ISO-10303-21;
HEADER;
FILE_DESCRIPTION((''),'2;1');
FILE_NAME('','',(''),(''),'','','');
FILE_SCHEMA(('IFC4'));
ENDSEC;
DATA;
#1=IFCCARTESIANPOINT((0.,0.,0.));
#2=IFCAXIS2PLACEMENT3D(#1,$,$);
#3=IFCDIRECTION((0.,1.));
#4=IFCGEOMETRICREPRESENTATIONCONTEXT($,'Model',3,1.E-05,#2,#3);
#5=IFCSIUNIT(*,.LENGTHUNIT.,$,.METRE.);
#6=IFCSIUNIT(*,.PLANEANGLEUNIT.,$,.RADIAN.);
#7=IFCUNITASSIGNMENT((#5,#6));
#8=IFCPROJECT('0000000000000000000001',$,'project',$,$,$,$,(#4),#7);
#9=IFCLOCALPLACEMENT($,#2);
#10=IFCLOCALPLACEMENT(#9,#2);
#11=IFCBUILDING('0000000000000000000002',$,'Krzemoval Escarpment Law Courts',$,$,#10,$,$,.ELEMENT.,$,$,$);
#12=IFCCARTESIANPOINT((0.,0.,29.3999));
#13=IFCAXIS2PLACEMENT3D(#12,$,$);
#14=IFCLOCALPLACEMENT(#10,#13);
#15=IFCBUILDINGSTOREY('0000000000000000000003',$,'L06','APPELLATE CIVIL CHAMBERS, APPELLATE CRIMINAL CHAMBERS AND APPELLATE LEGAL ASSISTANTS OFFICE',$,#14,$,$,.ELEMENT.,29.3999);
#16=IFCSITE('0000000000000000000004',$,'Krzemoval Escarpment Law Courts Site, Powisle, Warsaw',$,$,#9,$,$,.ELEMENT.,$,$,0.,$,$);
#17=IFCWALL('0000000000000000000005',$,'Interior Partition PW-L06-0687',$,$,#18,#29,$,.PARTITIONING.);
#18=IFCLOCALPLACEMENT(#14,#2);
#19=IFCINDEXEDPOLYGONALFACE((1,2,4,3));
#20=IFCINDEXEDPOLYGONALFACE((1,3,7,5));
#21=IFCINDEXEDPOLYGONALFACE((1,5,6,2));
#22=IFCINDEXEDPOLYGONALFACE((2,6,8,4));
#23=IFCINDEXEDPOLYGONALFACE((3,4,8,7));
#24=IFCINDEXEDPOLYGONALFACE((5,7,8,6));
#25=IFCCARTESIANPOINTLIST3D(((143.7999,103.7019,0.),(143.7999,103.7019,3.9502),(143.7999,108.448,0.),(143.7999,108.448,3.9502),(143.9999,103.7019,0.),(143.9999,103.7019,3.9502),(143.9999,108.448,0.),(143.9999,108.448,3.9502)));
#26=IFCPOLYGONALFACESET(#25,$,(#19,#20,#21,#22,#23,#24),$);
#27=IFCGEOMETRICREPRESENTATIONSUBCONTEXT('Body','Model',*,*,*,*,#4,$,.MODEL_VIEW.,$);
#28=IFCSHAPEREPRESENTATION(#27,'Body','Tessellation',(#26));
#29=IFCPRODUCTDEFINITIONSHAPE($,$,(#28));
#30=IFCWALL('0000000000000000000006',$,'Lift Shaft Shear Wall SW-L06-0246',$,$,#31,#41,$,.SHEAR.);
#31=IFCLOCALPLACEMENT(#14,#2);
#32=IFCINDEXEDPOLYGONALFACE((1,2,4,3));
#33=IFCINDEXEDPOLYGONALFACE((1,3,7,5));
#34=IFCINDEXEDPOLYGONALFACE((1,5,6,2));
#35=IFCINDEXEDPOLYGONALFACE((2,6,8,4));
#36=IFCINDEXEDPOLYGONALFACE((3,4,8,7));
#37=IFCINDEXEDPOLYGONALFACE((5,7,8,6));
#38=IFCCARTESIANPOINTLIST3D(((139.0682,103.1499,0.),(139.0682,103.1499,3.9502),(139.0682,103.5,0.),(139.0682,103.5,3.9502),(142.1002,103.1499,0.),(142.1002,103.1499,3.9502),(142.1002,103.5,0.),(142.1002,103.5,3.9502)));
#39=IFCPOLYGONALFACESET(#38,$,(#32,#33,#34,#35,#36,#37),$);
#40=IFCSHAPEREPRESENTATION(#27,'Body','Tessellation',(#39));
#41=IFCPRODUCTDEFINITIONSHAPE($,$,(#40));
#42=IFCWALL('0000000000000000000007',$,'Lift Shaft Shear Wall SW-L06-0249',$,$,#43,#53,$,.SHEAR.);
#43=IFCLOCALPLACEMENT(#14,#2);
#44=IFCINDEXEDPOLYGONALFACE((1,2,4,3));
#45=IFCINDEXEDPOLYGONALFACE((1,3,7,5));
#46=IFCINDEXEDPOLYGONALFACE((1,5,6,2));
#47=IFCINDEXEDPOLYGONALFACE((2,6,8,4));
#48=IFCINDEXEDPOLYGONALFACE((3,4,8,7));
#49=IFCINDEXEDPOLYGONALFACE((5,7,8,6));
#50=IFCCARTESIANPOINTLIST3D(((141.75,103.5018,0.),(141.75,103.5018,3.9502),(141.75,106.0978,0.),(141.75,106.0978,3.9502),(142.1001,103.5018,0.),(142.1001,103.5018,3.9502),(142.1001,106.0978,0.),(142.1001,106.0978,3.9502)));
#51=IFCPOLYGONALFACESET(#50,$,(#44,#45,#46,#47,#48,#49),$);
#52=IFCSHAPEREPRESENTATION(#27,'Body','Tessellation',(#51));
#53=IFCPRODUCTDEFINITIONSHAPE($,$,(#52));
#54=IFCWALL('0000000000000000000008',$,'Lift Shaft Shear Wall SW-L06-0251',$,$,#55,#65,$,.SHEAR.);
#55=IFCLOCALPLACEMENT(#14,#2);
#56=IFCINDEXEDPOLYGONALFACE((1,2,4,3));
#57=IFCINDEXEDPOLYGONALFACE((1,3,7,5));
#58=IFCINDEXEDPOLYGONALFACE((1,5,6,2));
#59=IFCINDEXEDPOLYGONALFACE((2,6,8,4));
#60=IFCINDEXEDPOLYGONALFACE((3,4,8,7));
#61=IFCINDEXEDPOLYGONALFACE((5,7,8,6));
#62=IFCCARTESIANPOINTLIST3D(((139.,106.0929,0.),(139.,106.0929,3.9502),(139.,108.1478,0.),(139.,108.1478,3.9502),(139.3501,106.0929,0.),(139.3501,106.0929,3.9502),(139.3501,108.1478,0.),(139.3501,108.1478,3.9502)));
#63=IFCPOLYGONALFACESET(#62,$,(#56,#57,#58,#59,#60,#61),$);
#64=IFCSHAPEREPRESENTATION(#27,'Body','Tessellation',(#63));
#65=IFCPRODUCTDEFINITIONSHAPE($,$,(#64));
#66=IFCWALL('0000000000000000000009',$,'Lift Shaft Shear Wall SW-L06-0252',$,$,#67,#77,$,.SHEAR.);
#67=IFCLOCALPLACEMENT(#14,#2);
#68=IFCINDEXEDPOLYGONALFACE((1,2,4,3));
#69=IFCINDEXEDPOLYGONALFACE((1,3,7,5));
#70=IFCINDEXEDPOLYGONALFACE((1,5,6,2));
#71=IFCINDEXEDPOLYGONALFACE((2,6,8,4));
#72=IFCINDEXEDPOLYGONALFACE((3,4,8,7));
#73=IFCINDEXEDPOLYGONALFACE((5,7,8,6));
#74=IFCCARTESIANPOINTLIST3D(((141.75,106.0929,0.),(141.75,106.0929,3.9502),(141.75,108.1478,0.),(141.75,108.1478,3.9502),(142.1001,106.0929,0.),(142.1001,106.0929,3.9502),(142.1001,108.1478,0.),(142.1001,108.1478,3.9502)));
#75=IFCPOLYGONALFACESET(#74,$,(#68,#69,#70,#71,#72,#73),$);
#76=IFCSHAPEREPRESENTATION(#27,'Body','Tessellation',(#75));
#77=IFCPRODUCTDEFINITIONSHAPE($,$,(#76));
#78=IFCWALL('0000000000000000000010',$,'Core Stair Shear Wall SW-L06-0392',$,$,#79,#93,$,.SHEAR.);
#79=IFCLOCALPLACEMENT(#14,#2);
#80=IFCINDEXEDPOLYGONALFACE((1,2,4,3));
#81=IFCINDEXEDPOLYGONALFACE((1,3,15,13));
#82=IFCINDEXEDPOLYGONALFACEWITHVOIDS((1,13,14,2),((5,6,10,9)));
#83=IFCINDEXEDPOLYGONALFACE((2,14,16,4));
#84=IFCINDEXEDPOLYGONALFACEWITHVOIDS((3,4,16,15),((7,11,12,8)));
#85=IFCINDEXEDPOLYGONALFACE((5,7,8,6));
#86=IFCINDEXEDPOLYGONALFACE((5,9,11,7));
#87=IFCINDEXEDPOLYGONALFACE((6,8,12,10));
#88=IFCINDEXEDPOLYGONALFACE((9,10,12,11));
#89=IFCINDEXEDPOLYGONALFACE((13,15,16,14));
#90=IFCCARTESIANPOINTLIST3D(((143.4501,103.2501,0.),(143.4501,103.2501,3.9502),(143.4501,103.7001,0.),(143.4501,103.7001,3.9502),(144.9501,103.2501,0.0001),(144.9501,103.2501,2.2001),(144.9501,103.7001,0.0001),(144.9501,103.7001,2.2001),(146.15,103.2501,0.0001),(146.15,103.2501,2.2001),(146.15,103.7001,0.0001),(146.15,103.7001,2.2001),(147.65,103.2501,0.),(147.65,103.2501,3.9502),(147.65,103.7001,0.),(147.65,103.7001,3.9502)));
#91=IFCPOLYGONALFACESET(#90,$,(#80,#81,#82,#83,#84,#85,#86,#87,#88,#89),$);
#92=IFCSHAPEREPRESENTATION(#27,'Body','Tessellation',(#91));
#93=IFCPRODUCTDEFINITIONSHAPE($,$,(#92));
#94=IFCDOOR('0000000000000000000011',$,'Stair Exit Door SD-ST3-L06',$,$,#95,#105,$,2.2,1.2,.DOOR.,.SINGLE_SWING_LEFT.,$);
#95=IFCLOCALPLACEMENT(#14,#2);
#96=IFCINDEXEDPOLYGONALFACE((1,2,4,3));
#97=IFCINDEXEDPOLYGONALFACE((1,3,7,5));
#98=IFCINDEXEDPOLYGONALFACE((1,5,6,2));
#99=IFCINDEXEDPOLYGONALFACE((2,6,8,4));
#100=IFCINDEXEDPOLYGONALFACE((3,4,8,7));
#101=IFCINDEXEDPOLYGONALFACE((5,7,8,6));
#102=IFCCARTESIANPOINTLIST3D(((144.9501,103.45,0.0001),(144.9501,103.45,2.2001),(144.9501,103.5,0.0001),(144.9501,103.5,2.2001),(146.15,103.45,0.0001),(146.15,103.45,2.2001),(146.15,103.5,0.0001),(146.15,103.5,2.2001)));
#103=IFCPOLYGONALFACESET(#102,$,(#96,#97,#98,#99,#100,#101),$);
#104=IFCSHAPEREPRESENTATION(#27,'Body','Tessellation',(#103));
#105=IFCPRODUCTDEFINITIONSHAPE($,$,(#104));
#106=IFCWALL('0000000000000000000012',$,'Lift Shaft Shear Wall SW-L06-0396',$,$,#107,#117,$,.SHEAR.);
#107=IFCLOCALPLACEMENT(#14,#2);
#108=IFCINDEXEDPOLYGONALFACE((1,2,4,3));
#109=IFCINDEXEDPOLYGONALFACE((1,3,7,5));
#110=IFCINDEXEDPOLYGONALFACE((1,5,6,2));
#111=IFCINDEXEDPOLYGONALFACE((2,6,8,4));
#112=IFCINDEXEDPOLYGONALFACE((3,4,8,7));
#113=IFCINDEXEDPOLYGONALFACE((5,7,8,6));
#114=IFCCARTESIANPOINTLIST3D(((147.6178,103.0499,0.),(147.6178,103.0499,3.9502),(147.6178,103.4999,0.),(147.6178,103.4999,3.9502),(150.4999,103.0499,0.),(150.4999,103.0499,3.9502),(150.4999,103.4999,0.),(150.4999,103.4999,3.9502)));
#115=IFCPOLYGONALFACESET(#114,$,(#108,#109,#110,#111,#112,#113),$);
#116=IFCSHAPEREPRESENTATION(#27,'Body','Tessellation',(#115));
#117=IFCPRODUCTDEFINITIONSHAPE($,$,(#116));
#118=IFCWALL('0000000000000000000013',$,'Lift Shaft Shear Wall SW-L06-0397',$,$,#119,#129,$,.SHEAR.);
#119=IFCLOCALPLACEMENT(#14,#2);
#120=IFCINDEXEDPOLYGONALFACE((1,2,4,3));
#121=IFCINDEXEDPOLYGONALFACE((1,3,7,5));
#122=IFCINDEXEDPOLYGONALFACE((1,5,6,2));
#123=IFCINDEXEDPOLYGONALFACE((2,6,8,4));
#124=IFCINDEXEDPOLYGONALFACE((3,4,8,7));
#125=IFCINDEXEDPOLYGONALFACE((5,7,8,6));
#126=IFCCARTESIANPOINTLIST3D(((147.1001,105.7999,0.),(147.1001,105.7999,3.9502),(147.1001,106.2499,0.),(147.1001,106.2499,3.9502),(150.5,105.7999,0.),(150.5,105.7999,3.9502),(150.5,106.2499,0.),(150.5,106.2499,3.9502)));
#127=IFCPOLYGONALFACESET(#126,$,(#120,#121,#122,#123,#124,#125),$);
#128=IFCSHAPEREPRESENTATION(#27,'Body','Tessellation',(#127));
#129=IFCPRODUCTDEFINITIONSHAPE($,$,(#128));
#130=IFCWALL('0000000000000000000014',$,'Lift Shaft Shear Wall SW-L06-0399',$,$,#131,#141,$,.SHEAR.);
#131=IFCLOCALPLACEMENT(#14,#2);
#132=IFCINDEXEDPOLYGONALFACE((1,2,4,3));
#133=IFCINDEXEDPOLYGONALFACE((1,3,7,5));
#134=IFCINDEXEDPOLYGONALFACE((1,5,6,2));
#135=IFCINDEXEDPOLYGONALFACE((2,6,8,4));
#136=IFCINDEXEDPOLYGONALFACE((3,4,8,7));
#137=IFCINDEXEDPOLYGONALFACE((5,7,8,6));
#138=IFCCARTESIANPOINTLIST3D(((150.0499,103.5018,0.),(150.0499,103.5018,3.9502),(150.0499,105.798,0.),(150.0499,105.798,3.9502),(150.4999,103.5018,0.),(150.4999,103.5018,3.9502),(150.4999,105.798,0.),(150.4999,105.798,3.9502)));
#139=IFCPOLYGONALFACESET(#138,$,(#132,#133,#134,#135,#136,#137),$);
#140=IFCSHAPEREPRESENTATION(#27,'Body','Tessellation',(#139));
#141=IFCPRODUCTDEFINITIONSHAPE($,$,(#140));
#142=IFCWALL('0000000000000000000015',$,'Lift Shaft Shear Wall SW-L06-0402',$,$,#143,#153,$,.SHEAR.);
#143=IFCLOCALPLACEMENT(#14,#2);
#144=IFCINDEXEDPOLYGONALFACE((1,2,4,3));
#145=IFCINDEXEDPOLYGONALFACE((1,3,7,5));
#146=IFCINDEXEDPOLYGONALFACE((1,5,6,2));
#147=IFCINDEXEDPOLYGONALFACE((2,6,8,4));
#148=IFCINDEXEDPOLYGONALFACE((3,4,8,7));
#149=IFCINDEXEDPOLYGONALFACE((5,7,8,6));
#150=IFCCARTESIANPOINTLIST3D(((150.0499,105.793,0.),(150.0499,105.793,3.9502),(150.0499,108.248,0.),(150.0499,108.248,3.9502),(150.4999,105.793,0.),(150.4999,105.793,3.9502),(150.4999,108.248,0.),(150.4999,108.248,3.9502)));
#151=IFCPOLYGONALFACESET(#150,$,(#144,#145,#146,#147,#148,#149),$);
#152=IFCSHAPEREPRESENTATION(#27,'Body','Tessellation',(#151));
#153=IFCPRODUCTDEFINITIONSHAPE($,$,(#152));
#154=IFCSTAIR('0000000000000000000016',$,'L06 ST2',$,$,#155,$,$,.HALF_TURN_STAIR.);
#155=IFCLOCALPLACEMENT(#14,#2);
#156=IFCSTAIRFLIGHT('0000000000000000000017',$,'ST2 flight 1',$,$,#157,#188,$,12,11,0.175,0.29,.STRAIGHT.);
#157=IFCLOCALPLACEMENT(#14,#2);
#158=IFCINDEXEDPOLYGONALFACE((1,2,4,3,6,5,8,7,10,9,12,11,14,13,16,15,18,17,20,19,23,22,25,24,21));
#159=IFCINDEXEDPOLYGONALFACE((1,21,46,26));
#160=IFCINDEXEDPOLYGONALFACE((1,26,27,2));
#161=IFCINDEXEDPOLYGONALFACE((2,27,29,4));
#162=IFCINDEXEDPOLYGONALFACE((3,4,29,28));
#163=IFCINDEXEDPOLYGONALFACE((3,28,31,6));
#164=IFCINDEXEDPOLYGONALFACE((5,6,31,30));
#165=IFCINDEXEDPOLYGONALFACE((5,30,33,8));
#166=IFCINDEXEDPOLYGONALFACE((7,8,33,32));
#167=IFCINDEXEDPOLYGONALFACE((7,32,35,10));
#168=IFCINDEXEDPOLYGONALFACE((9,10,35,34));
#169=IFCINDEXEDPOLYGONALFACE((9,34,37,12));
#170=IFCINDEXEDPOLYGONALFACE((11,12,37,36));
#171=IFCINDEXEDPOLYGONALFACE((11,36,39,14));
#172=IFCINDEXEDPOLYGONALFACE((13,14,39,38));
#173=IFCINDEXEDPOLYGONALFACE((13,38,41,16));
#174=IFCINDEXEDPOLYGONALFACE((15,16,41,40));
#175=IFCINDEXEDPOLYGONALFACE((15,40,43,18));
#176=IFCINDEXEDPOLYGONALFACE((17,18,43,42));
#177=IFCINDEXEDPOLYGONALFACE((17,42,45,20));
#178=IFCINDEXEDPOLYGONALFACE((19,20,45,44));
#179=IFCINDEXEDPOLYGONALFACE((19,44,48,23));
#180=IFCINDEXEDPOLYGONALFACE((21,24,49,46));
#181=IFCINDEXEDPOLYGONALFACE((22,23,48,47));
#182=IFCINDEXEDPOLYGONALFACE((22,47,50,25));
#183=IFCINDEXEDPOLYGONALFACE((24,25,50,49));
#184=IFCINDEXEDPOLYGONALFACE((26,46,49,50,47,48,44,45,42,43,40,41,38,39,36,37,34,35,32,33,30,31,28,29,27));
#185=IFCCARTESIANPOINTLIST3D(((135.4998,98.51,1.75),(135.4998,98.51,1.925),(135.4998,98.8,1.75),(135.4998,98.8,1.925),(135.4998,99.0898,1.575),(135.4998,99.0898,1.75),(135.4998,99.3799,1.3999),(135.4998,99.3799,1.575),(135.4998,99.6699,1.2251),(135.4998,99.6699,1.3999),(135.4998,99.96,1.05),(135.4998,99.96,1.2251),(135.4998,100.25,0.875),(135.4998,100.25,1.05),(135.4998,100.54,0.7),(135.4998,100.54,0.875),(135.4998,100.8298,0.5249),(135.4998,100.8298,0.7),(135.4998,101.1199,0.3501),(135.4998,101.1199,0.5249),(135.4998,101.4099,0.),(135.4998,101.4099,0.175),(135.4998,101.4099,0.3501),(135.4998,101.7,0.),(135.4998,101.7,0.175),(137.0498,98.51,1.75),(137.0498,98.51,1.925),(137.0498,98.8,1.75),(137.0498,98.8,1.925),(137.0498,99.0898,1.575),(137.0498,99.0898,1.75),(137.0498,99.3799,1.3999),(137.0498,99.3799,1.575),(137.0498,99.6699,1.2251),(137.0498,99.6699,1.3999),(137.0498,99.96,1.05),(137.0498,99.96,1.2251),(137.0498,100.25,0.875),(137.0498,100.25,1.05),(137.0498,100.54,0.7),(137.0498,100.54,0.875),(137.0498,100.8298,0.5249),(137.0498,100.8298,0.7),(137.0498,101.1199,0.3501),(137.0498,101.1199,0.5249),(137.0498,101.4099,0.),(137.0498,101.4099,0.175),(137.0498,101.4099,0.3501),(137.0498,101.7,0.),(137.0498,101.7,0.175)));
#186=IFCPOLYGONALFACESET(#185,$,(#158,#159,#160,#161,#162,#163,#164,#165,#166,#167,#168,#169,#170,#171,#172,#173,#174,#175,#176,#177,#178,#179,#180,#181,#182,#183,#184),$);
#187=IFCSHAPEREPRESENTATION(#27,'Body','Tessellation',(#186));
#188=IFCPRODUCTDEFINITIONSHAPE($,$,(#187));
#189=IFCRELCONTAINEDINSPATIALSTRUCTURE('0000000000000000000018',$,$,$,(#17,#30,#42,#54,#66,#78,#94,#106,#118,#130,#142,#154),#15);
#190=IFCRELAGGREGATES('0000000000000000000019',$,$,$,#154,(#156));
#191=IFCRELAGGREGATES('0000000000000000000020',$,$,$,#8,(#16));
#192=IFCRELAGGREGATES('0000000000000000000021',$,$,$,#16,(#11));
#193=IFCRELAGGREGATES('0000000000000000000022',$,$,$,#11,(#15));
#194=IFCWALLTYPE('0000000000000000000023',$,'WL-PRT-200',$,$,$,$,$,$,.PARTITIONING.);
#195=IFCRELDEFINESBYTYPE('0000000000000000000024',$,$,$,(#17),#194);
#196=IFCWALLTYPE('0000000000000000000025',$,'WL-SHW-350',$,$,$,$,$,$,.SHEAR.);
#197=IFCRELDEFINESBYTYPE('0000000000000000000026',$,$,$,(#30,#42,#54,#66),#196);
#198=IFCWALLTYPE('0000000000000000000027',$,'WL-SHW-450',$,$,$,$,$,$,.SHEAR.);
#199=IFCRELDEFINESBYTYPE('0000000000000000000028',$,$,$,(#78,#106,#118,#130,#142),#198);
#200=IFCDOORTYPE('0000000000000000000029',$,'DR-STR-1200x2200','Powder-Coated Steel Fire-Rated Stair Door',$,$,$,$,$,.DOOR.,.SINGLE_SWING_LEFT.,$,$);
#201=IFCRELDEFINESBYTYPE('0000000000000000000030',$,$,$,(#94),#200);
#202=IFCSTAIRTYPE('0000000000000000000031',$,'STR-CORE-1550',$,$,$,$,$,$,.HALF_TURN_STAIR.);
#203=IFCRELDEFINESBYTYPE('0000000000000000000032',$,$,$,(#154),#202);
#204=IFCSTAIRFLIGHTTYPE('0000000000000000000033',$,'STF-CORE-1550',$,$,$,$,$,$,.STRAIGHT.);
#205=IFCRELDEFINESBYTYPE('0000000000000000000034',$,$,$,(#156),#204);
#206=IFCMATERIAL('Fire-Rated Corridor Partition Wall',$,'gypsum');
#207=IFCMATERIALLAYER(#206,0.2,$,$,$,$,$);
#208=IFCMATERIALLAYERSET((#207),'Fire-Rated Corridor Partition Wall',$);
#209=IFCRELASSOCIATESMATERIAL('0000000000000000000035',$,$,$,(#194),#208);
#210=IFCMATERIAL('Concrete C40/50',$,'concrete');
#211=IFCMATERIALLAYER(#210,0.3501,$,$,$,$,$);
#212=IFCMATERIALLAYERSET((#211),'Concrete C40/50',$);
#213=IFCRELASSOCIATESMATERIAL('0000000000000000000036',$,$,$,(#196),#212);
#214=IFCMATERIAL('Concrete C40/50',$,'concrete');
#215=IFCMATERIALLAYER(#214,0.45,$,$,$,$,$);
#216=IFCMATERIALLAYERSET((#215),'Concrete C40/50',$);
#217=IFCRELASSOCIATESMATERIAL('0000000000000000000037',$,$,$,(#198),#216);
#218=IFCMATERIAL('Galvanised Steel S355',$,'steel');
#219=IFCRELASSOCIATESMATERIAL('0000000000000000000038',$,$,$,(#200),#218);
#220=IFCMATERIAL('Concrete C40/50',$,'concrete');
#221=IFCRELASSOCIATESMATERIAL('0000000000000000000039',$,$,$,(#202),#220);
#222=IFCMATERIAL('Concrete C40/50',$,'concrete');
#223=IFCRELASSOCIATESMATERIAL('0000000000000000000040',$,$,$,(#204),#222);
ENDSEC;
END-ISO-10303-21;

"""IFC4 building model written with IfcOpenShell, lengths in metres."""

from ifc_helpers import new_model, si_unit, direction, frame, frame_2d, origin, place, context, subcontext, project, spatial, polyline, rectangle, outline, extrude, material, layer, layer_set, type_object, element, fill, aggregate, save


model = new_model("IFC4")

# Units and contexts
model_context = context("Model", 3, precision=1e-05, world=origin(), true_north=direction((0.0, 1.0)))
body_context = subcontext(model_context, "Body", "Model", "MODEL_VIEW")
ifc_project = project(units=[si_unit("LENGTHUNIT", "METRE"), si_unit("PLANEANGLEUNIT", "RADIAN")], contexts=[model_context])

# Site, building, storey
site_placement = place(None, origin())
site = spatial("IfcSite", under=ifc_project, at=site_placement, Name="Krzemoval Escarpment Law Courts Site, Powisle, Warsaw", CompositionType="ELEMENT", RefElevation=0.0)
building_placement = place(site_placement, origin())
building = spatial("IfcBuilding", under=site, at=building_placement, Name="Krzemoval Escarpment Law Courts", CompositionType="ELEMENT")
storey_placement = place(building_placement, frame((0.0, 0.0, 29.3999)))
storey = spatial("IfcBuildingStorey", under=building, at=storey_placement, Name="L06", Description="APPELLATE CIVIL CHAMBERS, APPELLATE CRIMINAL CHAMBERS AND APPELLATE LEGAL ASSISTANTS OFFICE", CompositionType="ELEMENT", Elevation=29.3999)

# Walls
ifc_material_1 = material(Name="Fire-Rated Corridor Partition Wall", Category="gypsum")
ifc_layer_1 = layer(ifc_material_1, 0.2)
ifc_layer_set_1 = layer_set([ifc_layer_1], Name="Fire-Rated Corridor Partition Wall")
wall_type_1 = type_object("IfcWallType", Name="WL-PRT-200", PredefinedType="PARTITIONING", material=ifc_layer_set_1)
wall_1_placement = place(storey_placement, frame((143.8999, 103.7019, 0.0), z_axis=(0.0, 0.0, 1.0), x_axis=(0.0, 1.0, 0.0)))
element("IfcWall", 1, at=wall_1_placement, inside=storey, type_object=wall_type_1, Name="Interior Partition PW-L06-0687", PredefinedType="PARTITIONING", context=body_context, shape_type="SweptSolid", body=[
    extrude(rectangle(XDim=4.7461, YDim=0.2, at=frame_2d((2.373, 0.0))), origin(), (0.0, 0.0, 1.0), 3.9502),
])
ifc_material_2 = material(Name="Concrete C40/50", Category="concrete")
ifc_layer_2 = layer(ifc_material_2, 0.3501)
ifc_layer_set_2 = layer_set([ifc_layer_2], Name="Concrete C40/50")
wall_type_2 = type_object("IfcWallType", Name="WL-SHW-350", PredefinedType="SHEAR", material=ifc_layer_set_2)
wall_2_placement = place(storey_placement, frame((139.0681, 103.325, 0.0), z_axis=(0.0, 0.0, 1.0), x_axis=(1.0, 0.0, 0.0)))
element("IfcWall", 2, at=wall_2_placement, inside=storey, type_object=wall_type_2, Name="Lift Shaft Shear Wall SW-L06-0246", PredefinedType="SHEAR", context=body_context, shape_type="SweptSolid", body=[
    extrude(rectangle(XDim=3.032, YDim=0.3501, at=frame_2d((1.5161, 0.0))), origin(), (0.0, 0.0, 1.0), 3.9502),
])

# Walls
wall_3_placement = place(storey_placement, frame((141.925, 103.502, 0.0), z_axis=(0.0, 0.0, 1.0), x_axis=(0.0, 1.0, 0.0)))
element("IfcWall", 3, at=wall_3_placement, inside=storey, type_object=wall_type_2, Name="Lift Shaft Shear Wall SW-L06-0249", PredefinedType="SHEAR", context=body_context, shape_type="SweptSolid", body=[
    extrude(rectangle(XDim=2.5959, YDim=0.3501, at=frame_2d((1.2979, 0.0))), origin(), (0.0, 0.0, 1.0), 3.9502),
])
for number, where, z_axis, x_axis, name in (
    (4, (139.175, 106.093, 0.0), (0.0, 0.0, 1.0), (0.0, 1.0, 0.0), "Lift Shaft Shear Wall SW-L06-0251"),
    (5, (141.925, 106.093, 0.0), (0.0, 0.0, 1.0), (0.0, 1.0, 0.0), "Lift Shaft Shear Wall SW-L06-0252"),
):
    element("IfcWall", number, at=place(storey_placement, frame(where, z_axis=z_axis, x_axis=x_axis)), inside=storey, type_object=wall_type_2, Name=name, PredefinedType="SHEAR", context=body_context, shape_type="SweptSolid", body=[
        extrude(rectangle(XDim=2.0549, YDim=0.3501, at=frame_2d((1.0273, 0.0))), origin(), (0.0, 0.0, 1.0), 3.9502),
    ])

# Wall, opening, door
ifc_material_3 = material(Name="Concrete C40/50", Category="concrete")
ifc_layer_3 = layer(ifc_material_3, 0.45)
ifc_layer_set_3 = layer_set([ifc_layer_3], Name="Concrete C40/50")
wall_type_3 = type_object("IfcWallType", Name="WL-SHW-450", PredefinedType="SHEAR", material=ifc_layer_set_3)
wall_4_placement = place(storey_placement, frame((143.45, 103.4751, 0.0), z_axis=(0.0, 0.0, 1.0), x_axis=(1.0, 0.0, 0.0)))
wall_4 = element("IfcWall", 6, at=wall_4_placement, inside=storey, type_object=wall_type_3, Name="Core Stair Shear Wall SW-L06-0392", PredefinedType="SHEAR", context=body_context, shape_type="SweptSolid", body=[
    extrude(rectangle(XDim=4.2, YDim=0.45, at=frame_2d((2.1001, 0.0))), origin(), (0.0, 0.0, 1.0), 3.9502),
])
opening_1_placement = place(wall_4_placement, frame((1.5, 0.0, 0.0)))
opening_1 = element("IfcOpeningElement", 7, at=opening_1_placement, cuts=wall_4, PredefinedType="OPENING", context=body_context, shape_type="SweptSolid", body=[
    extrude(rectangle(XDim=1.2, YDim=2.2, at=frame_2d((0.6001, 1.1001))), frame((0.0, 0.24, 0.0), z_axis=(0.0, -1.0, 0.0), x_axis=(1.0, 0.0, 0.0)), (0.0, 0.0, 1.0), 0.4799),
])
ifc_material_4 = material(Name="Galvanised Steel S355", Category="steel")
door_type_1 = type_object("IfcDoorType", Name="DR-STR-1200x2200", Description="Powder-Coated Steel Fire-Rated Stair Door", OperationType="SINGLE_SWING_LEFT", PredefinedType="DOOR", material=ifc_material_4)
door_1_placement = place(opening_1_placement, origin())
door_1 = element("IfcDoor", 8, at=door_1_placement, inside=storey, type_object=door_type_1, Name="Stair Exit Door SD-ST3-L06", OperationType="SINGLE_SWING_LEFT", OverallHeight=2.2, OverallWidth=1.2, PredefinedType="DOOR", context=body_context, shape_type="SweptSolid", body=[
    extrude(rectangle(XDim=1.2, YDim=2.2, at=frame_2d((0.6001, 1.1001))), frame((0.0, 0.0249, 0.0), z_axis=(0.0, -1.0, 0.0), x_axis=(1.0, 0.0, 0.0)), (0.0, 0.0, 1.0), 0.05),
])
fill(opening_1, door_1)

# Walls
wall_5_placement = place(storey_placement, frame((147.6179, 103.2749, 0.0), z_axis=(0.0, 0.0, 1.0), x_axis=(1.0, 0.0, 0.0)))
element("IfcWall", 9, at=wall_5_placement, inside=storey, type_object=wall_type_3, Name="Lift Shaft Shear Wall SW-L06-0396", PredefinedType="SHEAR", context=body_context, shape_type="SweptSolid", body=[
    extrude(rectangle(XDim=2.8821, YDim=0.45, at=frame_2d((1.4409, 0.0))), origin(), (0.0, 0.0, 1.0), 3.9502),
])
wall_6_placement = place(storey_placement, frame((147.1001, 106.0249, 0.0), z_axis=(0.0, 0.0, 1.0), x_axis=(1.0, 0.0, 0.0)))
element("IfcWall", 10, at=wall_6_placement, inside=storey, type_object=wall_type_3, Name="Lift Shaft Shear Wall SW-L06-0397", PredefinedType="SHEAR", context=body_context, shape_type="SweptSolid", body=[
    extrude(rectangle(XDim=3.3999, YDim=0.45, at=frame_2d((1.7, 0.0))), origin(), (0.0, 0.0, 1.0), 3.9502),
])

# Wall
wall_7_placement = place(storey_placement, frame((150.2749, 103.502, 0.0), z_axis=(0.0, 0.0, 1.0), x_axis=(0.0, 1.0, 0.0)))
element("IfcWall", 11, at=wall_7_placement, inside=storey, type_object=wall_type_3, Name="Lift Shaft Shear Wall SW-L06-0399", PredefinedType="SHEAR", context=body_context, shape_type="SweptSolid", body=[
    extrude(rectangle(XDim=2.2961, YDim=0.45, at=frame_2d((1.1479, 0.0))), origin(), (0.0, 0.0, 1.0), 3.9502),
])

# Wall
wall_8_placement = place(storey_placement, frame((150.2749, 105.793, 0.0), z_axis=(0.0, 0.0, 1.0), x_axis=(0.0, 1.0, 0.0)))
element("IfcWall", 12, at=wall_8_placement, inside=storey, type_object=wall_type_3, Name="Lift Shaft Shear Wall SW-L06-0402", PredefinedType="SHEAR", context=body_context, shape_type="SweptSolid", body=[
    extrude(rectangle(XDim=2.4551, YDim=0.45, at=frame_2d((1.2275, 0.0))), origin(), (0.0, 0.0, 1.0), 3.9502),
])

# Stair, stair flight
ifc_material_5 = material(Name="Concrete C40/50", Category="concrete")
stair_type = type_object("IfcStairType", Name="STR-CORE-1550", PredefinedType="HALF_TURN_STAIR", material=ifc_material_5)
stair_1_placement = place(storey_placement, origin())
stair_1 = element("IfcStair", 13, at=stair_1_placement, inside=storey, type_object=stair_type, Name="L06 ST2", PredefinedType="HALF_TURN_STAIR")
ifc_material_6 = material(Name="Concrete C40/50", Category="concrete")
stair_flight_type = type_object("IfcStairFlightType", Name="STF-CORE-1550", PredefinedType="STRAIGHT", material=ifc_material_6)
stair_flight_1_placement = place(storey_placement, frame((136.2749, 101.7, 0.0), z_axis=(0.0, 0.0, 1.0), x_axis=(0.0, -1.0, 0.0)))
stair_flight_1 = element("IfcStairFlight", 14, at=stair_flight_1_placement, type_object=stair_flight_type, Name="ST2 flight 1", NumberOfRisers=12, NumberOfTreads=11, PredefinedType="STRAIGHT", RiserHeight=0.175, TreadLength=0.29, context=body_context, shape_type="SweptSolid", body=[
    extrude(outline(polyline([(0.0, 0.0), (0.0, 0.175), (0.29, 0.175), (0.29, 0.3501), (0.5801, 0.3501), (0.5801, 0.5249), (0.8701, 0.5249), (0.8701, 0.7), (1.1599, 0.7), (1.1599, 0.875), (1.45, 0.875), (1.45, 1.05), (1.74, 1.05), (1.74, 1.2251), (2.03, 1.2251), (2.03, 1.3999), (2.3201, 1.3999), (2.3201, 1.575), (2.6101, 1.575), (2.6101, 1.75), (2.8999, 1.75), (2.8999, 1.925), (3.1899, 1.925), (3.1899, 2.1001), (3.1899, 1.75), (0.29, 0.0), (0.0, 0.0)])), frame((0.0, 0.7749, 0.0), z_axis=(0.0, -1.0, 0.0), x_axis=(1.0, 0.0, 0.0)), (0.0, 0.0, 1.0), 1.55),
])
aggregate(stair_1, [stair_flight_1])

save(model, "model.ifc")
